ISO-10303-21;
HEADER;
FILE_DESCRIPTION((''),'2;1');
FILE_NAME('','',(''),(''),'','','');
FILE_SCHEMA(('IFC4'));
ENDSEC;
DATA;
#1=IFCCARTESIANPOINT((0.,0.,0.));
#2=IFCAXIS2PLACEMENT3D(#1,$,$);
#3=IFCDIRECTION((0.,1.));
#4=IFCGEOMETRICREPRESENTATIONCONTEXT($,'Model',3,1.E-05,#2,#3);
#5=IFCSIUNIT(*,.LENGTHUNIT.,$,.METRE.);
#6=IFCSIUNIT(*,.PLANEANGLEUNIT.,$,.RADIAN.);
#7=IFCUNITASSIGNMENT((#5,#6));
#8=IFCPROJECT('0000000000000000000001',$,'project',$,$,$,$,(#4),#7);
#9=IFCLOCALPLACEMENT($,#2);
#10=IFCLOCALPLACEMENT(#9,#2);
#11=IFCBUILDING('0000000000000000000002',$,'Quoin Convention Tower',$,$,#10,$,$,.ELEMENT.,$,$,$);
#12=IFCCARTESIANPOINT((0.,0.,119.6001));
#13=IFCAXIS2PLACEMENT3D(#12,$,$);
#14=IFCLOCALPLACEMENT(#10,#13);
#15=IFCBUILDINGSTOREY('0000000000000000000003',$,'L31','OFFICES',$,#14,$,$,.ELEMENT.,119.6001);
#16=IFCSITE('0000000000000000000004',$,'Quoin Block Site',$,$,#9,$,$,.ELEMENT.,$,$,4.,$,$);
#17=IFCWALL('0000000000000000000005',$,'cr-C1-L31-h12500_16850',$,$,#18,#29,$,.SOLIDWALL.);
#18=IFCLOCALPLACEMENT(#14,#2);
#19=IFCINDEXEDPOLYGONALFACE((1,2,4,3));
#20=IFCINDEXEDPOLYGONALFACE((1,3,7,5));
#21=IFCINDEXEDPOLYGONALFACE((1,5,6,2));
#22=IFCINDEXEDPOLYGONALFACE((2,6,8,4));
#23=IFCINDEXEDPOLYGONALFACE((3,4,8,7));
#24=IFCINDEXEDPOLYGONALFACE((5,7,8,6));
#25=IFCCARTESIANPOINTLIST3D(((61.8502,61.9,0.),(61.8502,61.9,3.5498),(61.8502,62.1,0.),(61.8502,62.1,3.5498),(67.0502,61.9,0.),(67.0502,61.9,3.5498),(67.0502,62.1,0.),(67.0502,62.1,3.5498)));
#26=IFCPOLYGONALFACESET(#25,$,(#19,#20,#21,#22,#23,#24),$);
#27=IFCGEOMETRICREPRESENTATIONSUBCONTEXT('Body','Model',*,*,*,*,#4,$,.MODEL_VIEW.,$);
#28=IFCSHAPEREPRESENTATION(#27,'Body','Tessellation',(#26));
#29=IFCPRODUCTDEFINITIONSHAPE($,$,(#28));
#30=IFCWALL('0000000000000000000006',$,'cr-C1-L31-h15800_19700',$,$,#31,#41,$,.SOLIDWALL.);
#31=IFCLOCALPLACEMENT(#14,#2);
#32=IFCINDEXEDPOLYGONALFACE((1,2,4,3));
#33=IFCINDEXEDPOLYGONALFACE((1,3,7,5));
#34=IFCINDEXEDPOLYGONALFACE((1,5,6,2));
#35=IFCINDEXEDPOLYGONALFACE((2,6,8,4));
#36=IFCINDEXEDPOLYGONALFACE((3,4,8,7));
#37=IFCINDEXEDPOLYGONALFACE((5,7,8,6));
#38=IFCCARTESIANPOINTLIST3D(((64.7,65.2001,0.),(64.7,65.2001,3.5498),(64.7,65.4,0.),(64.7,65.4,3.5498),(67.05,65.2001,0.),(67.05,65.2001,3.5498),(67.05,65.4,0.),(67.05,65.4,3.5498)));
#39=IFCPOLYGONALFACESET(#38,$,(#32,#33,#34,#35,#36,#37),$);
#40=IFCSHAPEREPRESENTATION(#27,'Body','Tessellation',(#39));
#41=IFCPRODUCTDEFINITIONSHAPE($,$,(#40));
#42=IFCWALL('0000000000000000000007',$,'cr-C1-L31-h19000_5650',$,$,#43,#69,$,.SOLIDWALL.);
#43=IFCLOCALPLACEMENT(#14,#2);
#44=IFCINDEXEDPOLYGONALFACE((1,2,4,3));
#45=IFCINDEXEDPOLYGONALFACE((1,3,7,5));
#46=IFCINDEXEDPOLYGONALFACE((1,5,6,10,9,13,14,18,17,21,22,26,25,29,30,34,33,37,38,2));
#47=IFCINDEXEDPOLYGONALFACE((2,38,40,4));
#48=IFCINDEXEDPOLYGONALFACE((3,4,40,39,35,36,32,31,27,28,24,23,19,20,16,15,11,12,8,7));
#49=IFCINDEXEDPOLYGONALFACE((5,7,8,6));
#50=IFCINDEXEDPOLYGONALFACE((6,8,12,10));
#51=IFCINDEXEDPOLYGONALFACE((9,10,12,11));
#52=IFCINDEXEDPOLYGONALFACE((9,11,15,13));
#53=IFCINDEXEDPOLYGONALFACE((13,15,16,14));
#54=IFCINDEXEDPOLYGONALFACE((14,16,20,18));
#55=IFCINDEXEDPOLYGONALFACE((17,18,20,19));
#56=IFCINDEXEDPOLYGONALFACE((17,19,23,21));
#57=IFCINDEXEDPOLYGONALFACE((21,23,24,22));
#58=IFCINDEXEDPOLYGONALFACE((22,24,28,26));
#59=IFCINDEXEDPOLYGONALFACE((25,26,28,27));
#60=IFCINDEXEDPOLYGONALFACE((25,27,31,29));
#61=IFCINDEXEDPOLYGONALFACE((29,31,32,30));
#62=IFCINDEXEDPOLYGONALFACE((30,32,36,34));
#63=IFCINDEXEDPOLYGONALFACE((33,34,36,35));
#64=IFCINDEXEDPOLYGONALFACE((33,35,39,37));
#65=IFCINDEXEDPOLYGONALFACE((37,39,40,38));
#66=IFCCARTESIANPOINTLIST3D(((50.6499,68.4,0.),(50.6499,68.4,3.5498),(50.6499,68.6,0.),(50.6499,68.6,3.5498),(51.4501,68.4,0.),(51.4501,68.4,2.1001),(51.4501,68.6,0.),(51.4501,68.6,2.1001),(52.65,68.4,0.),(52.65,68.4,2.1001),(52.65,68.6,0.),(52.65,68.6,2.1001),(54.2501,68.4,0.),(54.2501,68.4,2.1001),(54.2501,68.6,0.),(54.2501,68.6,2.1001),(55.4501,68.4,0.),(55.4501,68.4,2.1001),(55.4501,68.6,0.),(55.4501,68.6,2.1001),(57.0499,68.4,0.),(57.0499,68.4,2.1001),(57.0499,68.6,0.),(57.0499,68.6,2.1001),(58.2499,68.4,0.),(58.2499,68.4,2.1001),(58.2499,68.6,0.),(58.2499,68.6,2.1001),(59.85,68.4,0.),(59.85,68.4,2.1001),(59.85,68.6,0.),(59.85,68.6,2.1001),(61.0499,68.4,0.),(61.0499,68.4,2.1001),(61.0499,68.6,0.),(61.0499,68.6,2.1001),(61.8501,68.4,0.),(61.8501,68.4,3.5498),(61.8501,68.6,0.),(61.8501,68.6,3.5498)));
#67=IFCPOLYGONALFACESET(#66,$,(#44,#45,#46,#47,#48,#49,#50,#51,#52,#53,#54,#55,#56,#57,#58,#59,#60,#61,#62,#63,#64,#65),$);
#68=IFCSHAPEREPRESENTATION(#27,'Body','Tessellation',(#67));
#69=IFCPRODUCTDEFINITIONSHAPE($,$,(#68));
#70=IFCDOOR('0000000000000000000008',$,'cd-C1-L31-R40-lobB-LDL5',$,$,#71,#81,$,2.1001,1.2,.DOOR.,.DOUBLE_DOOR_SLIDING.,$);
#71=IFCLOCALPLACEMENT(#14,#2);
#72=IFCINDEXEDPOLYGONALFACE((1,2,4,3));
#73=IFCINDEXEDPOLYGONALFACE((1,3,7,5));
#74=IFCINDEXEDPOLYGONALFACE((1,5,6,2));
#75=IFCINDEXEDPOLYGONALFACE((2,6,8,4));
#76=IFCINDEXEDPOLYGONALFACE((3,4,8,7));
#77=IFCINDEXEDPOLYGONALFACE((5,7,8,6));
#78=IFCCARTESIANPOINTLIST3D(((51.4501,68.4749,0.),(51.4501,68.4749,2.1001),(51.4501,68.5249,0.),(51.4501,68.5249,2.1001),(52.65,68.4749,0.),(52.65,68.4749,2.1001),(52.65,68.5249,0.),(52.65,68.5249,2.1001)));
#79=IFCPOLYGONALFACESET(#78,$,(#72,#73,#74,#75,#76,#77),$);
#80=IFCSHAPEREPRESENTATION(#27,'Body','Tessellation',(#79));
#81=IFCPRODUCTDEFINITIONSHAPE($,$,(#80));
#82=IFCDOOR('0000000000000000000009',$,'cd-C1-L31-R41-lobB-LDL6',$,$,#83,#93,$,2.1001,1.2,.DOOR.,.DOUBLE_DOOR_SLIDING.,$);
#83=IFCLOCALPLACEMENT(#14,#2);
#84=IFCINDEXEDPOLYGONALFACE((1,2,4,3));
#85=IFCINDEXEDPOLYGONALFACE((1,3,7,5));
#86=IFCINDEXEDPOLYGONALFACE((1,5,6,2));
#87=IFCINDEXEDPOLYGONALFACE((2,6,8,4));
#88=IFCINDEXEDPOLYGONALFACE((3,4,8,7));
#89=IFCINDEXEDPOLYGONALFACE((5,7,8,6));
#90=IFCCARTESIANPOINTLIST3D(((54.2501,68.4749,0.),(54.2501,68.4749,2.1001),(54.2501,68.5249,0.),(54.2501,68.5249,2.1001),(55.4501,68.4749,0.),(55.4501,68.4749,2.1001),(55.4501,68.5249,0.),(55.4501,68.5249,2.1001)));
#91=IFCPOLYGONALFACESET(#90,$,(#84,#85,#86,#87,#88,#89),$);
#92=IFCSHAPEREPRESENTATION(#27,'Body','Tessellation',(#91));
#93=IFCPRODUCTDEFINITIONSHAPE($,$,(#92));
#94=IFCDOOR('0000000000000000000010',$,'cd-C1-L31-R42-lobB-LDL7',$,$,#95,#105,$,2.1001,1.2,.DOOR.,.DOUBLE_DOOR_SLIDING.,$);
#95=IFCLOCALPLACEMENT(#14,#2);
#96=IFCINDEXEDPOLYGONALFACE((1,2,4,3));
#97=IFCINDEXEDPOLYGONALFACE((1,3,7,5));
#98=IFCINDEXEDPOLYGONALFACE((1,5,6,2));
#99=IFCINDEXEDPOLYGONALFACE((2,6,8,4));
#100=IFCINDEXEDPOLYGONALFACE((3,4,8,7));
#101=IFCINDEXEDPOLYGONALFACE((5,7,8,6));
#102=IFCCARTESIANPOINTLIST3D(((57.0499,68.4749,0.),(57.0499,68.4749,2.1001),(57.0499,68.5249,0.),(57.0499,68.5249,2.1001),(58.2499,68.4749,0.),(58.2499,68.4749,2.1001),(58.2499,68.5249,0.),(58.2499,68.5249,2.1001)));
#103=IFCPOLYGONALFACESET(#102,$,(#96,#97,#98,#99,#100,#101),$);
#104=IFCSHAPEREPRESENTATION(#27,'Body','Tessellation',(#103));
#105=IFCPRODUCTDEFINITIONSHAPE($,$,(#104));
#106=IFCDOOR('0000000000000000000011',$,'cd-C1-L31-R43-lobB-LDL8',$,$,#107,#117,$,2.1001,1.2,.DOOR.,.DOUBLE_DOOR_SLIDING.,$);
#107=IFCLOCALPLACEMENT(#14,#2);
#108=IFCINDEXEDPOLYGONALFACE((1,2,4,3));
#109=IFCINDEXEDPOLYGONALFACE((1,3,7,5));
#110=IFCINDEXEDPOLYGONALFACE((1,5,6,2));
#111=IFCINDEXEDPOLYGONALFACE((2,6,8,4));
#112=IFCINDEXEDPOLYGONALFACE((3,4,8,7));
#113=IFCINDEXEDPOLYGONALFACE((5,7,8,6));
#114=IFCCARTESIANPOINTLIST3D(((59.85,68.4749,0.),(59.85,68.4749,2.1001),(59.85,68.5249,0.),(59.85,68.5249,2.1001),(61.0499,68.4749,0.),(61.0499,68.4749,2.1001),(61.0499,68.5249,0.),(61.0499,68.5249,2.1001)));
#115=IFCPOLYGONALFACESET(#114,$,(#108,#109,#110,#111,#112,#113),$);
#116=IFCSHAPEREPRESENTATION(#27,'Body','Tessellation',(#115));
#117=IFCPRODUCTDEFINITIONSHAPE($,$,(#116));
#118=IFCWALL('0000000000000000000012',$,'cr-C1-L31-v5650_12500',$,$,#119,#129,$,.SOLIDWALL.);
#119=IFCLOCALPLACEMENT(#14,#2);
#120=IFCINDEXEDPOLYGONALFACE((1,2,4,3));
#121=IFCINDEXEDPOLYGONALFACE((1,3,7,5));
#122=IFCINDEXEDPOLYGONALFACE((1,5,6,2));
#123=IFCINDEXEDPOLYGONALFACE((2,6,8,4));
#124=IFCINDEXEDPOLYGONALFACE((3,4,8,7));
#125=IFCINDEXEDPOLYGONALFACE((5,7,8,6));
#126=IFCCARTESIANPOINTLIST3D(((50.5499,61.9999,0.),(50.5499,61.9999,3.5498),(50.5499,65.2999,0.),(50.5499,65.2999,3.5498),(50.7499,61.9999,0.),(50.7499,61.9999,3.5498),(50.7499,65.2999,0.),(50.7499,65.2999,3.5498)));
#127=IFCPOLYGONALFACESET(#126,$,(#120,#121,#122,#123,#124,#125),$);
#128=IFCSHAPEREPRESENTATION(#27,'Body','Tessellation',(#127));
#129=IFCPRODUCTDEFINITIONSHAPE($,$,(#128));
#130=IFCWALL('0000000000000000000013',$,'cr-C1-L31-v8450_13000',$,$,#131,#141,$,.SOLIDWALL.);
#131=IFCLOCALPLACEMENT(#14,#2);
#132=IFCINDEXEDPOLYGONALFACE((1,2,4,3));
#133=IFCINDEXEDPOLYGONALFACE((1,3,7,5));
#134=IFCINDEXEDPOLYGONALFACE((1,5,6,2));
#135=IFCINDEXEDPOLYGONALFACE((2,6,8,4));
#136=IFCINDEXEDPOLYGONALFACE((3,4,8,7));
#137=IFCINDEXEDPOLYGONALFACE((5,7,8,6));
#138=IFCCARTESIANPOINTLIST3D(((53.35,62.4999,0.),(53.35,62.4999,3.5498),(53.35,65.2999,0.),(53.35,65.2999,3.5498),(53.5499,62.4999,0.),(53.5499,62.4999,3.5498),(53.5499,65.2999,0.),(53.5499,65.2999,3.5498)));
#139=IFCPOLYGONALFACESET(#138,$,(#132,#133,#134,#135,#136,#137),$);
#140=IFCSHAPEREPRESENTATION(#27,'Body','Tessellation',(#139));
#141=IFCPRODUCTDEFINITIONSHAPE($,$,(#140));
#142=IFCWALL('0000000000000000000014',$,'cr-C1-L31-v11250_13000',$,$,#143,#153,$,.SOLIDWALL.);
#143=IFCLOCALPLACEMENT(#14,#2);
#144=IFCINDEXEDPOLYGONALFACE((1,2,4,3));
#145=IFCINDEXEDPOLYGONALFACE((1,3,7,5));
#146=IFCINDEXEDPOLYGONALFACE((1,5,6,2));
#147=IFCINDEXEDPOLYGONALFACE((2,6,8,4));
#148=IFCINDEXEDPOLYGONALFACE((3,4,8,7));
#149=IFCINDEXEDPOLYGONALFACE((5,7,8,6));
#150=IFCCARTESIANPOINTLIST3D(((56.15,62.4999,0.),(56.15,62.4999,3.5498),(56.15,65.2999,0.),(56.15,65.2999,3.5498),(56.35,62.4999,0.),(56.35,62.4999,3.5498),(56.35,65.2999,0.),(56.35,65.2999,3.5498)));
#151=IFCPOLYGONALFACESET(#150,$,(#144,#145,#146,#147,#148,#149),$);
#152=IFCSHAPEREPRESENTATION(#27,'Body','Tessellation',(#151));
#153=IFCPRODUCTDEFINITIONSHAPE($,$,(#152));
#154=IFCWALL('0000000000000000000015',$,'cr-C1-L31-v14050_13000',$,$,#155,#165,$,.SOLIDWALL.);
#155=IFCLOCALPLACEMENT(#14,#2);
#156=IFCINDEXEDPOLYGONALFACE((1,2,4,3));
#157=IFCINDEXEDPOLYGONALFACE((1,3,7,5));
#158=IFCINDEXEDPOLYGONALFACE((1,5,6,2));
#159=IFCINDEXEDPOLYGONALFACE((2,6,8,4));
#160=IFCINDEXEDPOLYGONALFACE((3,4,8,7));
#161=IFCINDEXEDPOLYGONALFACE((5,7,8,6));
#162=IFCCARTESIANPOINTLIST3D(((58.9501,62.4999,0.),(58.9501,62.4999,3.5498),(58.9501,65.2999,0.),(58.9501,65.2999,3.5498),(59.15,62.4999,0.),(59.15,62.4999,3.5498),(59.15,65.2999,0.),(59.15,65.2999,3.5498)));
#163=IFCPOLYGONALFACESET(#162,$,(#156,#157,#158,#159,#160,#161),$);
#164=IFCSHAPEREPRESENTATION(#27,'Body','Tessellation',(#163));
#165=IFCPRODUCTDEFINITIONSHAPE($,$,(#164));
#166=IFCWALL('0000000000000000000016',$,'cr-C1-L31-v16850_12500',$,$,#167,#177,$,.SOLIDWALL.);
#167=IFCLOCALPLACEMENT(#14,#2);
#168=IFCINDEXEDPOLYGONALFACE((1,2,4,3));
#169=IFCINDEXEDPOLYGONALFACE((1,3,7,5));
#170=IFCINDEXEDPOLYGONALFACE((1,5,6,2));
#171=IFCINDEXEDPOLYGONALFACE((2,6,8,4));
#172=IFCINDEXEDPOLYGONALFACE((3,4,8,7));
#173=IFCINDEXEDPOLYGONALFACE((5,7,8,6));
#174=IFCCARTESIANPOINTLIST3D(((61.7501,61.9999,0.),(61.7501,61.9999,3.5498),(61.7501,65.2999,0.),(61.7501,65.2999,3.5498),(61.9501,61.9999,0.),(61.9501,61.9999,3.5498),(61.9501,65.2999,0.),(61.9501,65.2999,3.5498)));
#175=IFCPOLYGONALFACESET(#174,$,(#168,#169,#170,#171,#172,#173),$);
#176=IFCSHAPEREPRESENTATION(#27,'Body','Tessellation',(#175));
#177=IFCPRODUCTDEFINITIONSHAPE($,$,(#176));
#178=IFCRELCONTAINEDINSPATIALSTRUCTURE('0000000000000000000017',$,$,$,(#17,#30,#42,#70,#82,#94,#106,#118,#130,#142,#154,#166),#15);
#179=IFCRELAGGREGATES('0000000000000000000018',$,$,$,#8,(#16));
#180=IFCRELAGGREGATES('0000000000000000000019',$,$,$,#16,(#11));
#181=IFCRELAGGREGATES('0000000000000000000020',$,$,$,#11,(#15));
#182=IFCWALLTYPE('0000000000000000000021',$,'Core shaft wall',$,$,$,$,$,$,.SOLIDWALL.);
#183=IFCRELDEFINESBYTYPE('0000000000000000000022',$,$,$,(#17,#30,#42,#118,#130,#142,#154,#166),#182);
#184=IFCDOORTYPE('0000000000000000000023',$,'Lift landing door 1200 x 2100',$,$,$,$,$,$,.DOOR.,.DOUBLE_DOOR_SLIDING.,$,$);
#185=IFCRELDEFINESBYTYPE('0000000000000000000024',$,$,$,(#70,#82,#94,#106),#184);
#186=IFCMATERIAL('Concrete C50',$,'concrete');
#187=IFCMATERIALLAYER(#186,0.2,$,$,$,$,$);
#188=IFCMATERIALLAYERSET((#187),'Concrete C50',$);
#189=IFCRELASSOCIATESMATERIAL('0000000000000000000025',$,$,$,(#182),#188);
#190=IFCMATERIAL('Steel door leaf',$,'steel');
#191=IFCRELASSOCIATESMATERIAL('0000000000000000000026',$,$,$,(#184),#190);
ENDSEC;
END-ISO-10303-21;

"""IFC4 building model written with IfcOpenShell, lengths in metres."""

from ifc_helpers import new_model, si_unit, direction, frame, frame_2d, origin, place, context, subcontext, project, spatial, rectangle, extrude, material, layer, layer_set, type_object, element, fill, save


model = new_model("IFC4")

# Units and contexts
model_context = context("Model", 3, precision=1e-05, world=origin(), true_north=direction((0.0, 1.0)))
body_context = subcontext(model_context, "Body", "Model", "MODEL_VIEW")
ifc_project = project(units=[si_unit("LENGTHUNIT", "METRE"), si_unit("PLANEANGLEUNIT", "RADIAN")], contexts=[model_context])

# Site, building, storey
site_placement = place(None, origin())
site = spatial("IfcSite", under=ifc_project, at=site_placement, Name="Quoin Block Site", CompositionType="ELEMENT", RefElevation=4.0)
building_placement = place(site_placement, origin())
building = spatial("IfcBuilding", under=site, at=building_placement, Name="Quoin Convention Tower", CompositionType="ELEMENT")
storey_placement = place(building_placement, frame((0.0, 0.0, 119.6001)))
storey = spatial("IfcBuildingStorey", under=building, at=storey_placement, Name="L31", Description="OFFICES", CompositionType="ELEMENT", Elevation=119.6001)

# Walls
ifc_material_1 = material(Name="Concrete C50", Category="concrete")
ifc_layer_1 = layer(ifc_material_1, 0.2)
ifc_layer_set_1 = layer_set([ifc_layer_1], Name="Concrete C50")
wall_type_1 = type_object("IfcWallType", Name="Core shaft wall", PredefinedType="SOLIDWALL", material=ifc_layer_set_1)
wall_1_placement = place(storey_placement, frame((61.8501, 62.0, 0.0), z_axis=(0.0, 0.0, 1.0), x_axis=(1.0, 0.0, 0.0)))
element("IfcWall", 1, at=wall_1_placement, inside=storey, type_object=wall_type_1, Name="cr-C1-L31-h12500_16850", PredefinedType="SOLIDWALL", context=body_context, shape_type="SweptSolid", body=[
    extrude(rectangle(XDim=5.2, YDim=0.2, at=frame_2d((2.6001, 0.0))), origin(), (0.0, 0.0, 1.0), 3.5498),
])
wall_2_placement = place(storey_placement, frame((64.7, 65.3, 0.0), z_axis=(0.0, 0.0, 1.0), x_axis=(1.0, 0.0, 0.0)))
element("IfcWall", 2, at=wall_2_placement, inside=storey, type_object=wall_type_1, Name="cr-C1-L31-h15800_19700", PredefinedType="SOLIDWALL", context=body_context, shape_type="SweptSolid", body=[
    extrude(rectangle(XDim=2.3501, YDim=0.2, at=frame_2d((1.175, 0.0))), origin(), (0.0, 0.0, 1.0), 3.5498),
])

# Wall, openings, doors
wall_3_placement = place(storey_placement, frame((50.6499, 68.5, 0.0), z_axis=(0.0, 0.0, 1.0), x_axis=(1.0, 0.0, 0.0)))
wall_3 = element("IfcWall", 3, at=wall_3_placement, inside=storey, type_object=wall_type_1, Name="cr-C1-L31-h19000_5650", PredefinedType="SOLIDWALL", context=body_context, shape_type="SweptSolid", body=[
    extrude(rectangle(XDim=11.2002, YDim=0.2, at=frame_2d((5.6001, 0.0))), origin(), (0.0, 0.0, 1.0), 3.5498),
])
opening_1_placement = place(wall_3_placement, frame((0.8, 0.0, 0.0)))
opening_1 = element("IfcOpeningElement", 4, at=opening_1_placement, cuts=wall_3, PredefinedType="OPENING", context=body_context, shape_type="SweptSolid", body=[
    extrude(rectangle(XDim=1.2, YDim=2.1001, at=frame_2d((0.6001, 1.05))), frame((0.0, 0.1099, 0.0), z_axis=(0.0, -1.0, 0.0), x_axis=(1.0, 0.0, 0.0)), (0.0, 0.0, 1.0), 0.22),
])
opening_2_placement = place(wall_3_placement, frame((3.6001, 0.0, 0.0)))
opening_2 = element("IfcOpeningElement", 5, at=opening_2_placement, cuts=wall_3, PredefinedType="OPENING", context=body_context, shape_type="SweptSolid", body=[
    extrude(rectangle(XDim=1.2, YDim=2.1001, at=frame_2d((0.6001, 1.05))), frame((0.0, 0.1099, 0.0), z_axis=(0.0, -1.0, 0.0), x_axis=(1.0, 0.0, 0.0)), (0.0, 0.0, 1.0), 0.22),
])
opening_3_placement = place(wall_3_placement, frame((6.3999, 0.0, 0.0)))
opening_3 = element("IfcOpeningElement", 6, at=opening_3_placement, cuts=wall_3, PredefinedType="OPENING", context=body_context, shape_type="SweptSolid", body=[
    extrude(rectangle(XDim=1.2, YDim=2.1001, at=frame_2d((0.6001, 1.05))), frame((0.0, 0.1099, 0.0), z_axis=(0.0, -1.0, 0.0), x_axis=(1.0, 0.0, 0.0)), (0.0, 0.0, 1.0), 0.22),
])
opening_4_placement = place(wall_3_placement, frame((9.2, 0.0, 0.0)))
opening_4 = element("IfcOpeningElement", 7, at=opening_4_placement, cuts=wall_3, PredefinedType="OPENING", context=body_context, shape_type="SweptSolid", body=[
    extrude(rectangle(XDim=1.2, YDim=2.1001, at=frame_2d((0.6001, 1.05))), frame((0.0, 0.1099, 0.0), z_axis=(0.0, -1.0, 0.0), x_axis=(1.0, 0.0, 0.0)), (0.0, 0.0, 1.0), 0.22),
])
ifc_material_2 = material(Name="Steel door leaf", Category="steel")
door_type_1 = type_object("IfcDoorType", Name="Lift landing door 1200 x 2100", OperationType="DOUBLE_DOOR_SLIDING", PredefinedType="DOOR", material=ifc_material_2)
door_1_placement = place(opening_1_placement, origin())
door_1 = element("IfcDoor", 8, at=door_1_placement, inside=storey, type_object=door_type_1, Name="cd-C1-L31-R40-lobB-LDL5", OperationType="DOUBLE_DOOR_SLIDING", OverallHeight=2.1001, OverallWidth=1.2, PredefinedType="DOOR", context=body_context, shape_type="SweptSolid", body=[
    extrude(rectangle(XDim=1.2, YDim=2.1001, at=frame_2d((0.6001, 1.05))), frame((0.0, 0.0249, 0.0), z_axis=(0.0, -1.0, 0.0), x_axis=(1.0, 0.0, 0.0)), (0.0, 0.0, 1.0), 0.05),
])
fill(opening_1, door_1)
door_2_placement = place(opening_2_placement, origin())
door_2 = element("IfcDoor", 9, at=door_2_placement, inside=storey, type_object=door_type_1, Name="cd-C1-L31-R41-lobB-LDL6", OperationType="DOUBLE_DOOR_SLIDING", OverallHeight=2.1001, OverallWidth=1.2, PredefinedType="DOOR", context=body_context, shape_type="SweptSolid", body=[
    extrude(rectangle(XDim=1.2, YDim=2.1001, at=frame_2d((0.6001, 1.05))), frame((0.0, 0.0249, 0.0), z_axis=(0.0, -1.0, 0.0), x_axis=(1.0, 0.0, 0.0)), (0.0, 0.0, 1.0), 0.05),
])
fill(opening_2, door_2)
door_3_placement = place(opening_3_placement, origin())
door_3 = element("IfcDoor", 10, at=door_3_placement, inside=storey, type_object=door_type_1, Name="cd-C1-L31-R42-lobB-LDL7", OperationType="DOUBLE_DOOR_SLIDING", OverallHeight=2.1001, OverallWidth=1.2, PredefinedType="DOOR", context=body_context, shape_type="SweptSolid", body=[
    extrude(rectangle(XDim=1.2, YDim=2.1001, at=frame_2d((0.6001, 1.05))), frame((0.0, 0.0249, 0.0), z_axis=(0.0, -1.0, 0.0), x_axis=(1.0, 0.0, 0.0)), (0.0, 0.0, 1.0), 0.05),
])
fill(opening_3, door_3)
door_4_placement = place(opening_4_placement, origin())
door_4 = element("IfcDoor", 11, at=door_4_placement, inside=storey, type_object=door_type_1, Name="cd-C1-L31-R43-lobB-LDL8", OperationType="DOUBLE_DOOR_SLIDING", OverallHeight=2.1001, OverallWidth=1.2, PredefinedType="DOOR", context=body_context, shape_type="SweptSolid", body=[
    extrude(rectangle(XDim=1.2, YDim=2.1001, at=frame_2d((0.6001, 1.05))), frame((0.0, 0.0249, 0.0), z_axis=(0.0, -1.0, 0.0), x_axis=(1.0, 0.0, 0.0)), (0.0, 0.0, 1.0), 0.05),
])
fill(opening_4, door_4)

# Walls
wall_4_placement = place(storey_placement, frame((50.6499, 62.0, 0.0), z_axis=(0.0, 0.0, 1.0), x_axis=(0.0, 1.0, 0.0)))
element("IfcWall", 12, at=wall_4_placement, inside=storey, type_object=wall_type_1, Name="cr-C1-L31-v5650_12500", PredefinedType="SOLIDWALL", context=body_context, shape_type="SweptSolid", body=[
    extrude(rectangle(XDim=3.3, YDim=0.2, at=frame_2d((1.6499, 0.0))), origin(), (0.0, 0.0, 1.0), 3.5498),
])
for number, where, z_axis, x_axis, name in (
    (13, (53.45, 62.5, 0.0), (0.0, 0.0, 1.0), (0.0, 1.0, 0.0), "cr-C1-L31-v8450_13000"),
    (14, (56.25, 62.5, 0.0), (0.0, 0.0, 1.0), (0.0, 1.0, 0.0), "cr-C1-L31-v11250_13000"),
    (15, (59.05, 62.5, 0.0), (0.0, 0.0, 1.0), (0.0, 1.0, 0.0), "cr-C1-L31-v14050_13000"),
):
    element("IfcWall", number, at=place(storey_placement, frame(where, z_axis=z_axis, x_axis=x_axis)), inside=storey, type_object=wall_type_1, Name=name, PredefinedType="SOLIDWALL", context=body_context, shape_type="SweptSolid", body=[
        extrude(rectangle(XDim=2.8, YDim=0.2, at=frame_2d((1.3999, 0.0))), origin(), (0.0, 0.0, 1.0), 3.5498),
    ])
wall_5_placement = place(storey_placement, frame((61.8501, 62.0, 0.0), z_axis=(0.0, 0.0, 1.0), x_axis=(0.0, 1.0, 0.0)))
element("IfcWall", 16, at=wall_5_placement, inside=storey, type_object=wall_type_1, Name="cr-C1-L31-v16850_12500", PredefinedType="SOLIDWALL", context=body_context, shape_type="SweptSolid", body=[
    extrude(rectangle(XDim=3.3, YDim=0.2, at=frame_2d((1.6499, 0.0))), origin(), (0.0, 0.0, 1.0), 3.5498),
])

save(model, "model.ifc")
